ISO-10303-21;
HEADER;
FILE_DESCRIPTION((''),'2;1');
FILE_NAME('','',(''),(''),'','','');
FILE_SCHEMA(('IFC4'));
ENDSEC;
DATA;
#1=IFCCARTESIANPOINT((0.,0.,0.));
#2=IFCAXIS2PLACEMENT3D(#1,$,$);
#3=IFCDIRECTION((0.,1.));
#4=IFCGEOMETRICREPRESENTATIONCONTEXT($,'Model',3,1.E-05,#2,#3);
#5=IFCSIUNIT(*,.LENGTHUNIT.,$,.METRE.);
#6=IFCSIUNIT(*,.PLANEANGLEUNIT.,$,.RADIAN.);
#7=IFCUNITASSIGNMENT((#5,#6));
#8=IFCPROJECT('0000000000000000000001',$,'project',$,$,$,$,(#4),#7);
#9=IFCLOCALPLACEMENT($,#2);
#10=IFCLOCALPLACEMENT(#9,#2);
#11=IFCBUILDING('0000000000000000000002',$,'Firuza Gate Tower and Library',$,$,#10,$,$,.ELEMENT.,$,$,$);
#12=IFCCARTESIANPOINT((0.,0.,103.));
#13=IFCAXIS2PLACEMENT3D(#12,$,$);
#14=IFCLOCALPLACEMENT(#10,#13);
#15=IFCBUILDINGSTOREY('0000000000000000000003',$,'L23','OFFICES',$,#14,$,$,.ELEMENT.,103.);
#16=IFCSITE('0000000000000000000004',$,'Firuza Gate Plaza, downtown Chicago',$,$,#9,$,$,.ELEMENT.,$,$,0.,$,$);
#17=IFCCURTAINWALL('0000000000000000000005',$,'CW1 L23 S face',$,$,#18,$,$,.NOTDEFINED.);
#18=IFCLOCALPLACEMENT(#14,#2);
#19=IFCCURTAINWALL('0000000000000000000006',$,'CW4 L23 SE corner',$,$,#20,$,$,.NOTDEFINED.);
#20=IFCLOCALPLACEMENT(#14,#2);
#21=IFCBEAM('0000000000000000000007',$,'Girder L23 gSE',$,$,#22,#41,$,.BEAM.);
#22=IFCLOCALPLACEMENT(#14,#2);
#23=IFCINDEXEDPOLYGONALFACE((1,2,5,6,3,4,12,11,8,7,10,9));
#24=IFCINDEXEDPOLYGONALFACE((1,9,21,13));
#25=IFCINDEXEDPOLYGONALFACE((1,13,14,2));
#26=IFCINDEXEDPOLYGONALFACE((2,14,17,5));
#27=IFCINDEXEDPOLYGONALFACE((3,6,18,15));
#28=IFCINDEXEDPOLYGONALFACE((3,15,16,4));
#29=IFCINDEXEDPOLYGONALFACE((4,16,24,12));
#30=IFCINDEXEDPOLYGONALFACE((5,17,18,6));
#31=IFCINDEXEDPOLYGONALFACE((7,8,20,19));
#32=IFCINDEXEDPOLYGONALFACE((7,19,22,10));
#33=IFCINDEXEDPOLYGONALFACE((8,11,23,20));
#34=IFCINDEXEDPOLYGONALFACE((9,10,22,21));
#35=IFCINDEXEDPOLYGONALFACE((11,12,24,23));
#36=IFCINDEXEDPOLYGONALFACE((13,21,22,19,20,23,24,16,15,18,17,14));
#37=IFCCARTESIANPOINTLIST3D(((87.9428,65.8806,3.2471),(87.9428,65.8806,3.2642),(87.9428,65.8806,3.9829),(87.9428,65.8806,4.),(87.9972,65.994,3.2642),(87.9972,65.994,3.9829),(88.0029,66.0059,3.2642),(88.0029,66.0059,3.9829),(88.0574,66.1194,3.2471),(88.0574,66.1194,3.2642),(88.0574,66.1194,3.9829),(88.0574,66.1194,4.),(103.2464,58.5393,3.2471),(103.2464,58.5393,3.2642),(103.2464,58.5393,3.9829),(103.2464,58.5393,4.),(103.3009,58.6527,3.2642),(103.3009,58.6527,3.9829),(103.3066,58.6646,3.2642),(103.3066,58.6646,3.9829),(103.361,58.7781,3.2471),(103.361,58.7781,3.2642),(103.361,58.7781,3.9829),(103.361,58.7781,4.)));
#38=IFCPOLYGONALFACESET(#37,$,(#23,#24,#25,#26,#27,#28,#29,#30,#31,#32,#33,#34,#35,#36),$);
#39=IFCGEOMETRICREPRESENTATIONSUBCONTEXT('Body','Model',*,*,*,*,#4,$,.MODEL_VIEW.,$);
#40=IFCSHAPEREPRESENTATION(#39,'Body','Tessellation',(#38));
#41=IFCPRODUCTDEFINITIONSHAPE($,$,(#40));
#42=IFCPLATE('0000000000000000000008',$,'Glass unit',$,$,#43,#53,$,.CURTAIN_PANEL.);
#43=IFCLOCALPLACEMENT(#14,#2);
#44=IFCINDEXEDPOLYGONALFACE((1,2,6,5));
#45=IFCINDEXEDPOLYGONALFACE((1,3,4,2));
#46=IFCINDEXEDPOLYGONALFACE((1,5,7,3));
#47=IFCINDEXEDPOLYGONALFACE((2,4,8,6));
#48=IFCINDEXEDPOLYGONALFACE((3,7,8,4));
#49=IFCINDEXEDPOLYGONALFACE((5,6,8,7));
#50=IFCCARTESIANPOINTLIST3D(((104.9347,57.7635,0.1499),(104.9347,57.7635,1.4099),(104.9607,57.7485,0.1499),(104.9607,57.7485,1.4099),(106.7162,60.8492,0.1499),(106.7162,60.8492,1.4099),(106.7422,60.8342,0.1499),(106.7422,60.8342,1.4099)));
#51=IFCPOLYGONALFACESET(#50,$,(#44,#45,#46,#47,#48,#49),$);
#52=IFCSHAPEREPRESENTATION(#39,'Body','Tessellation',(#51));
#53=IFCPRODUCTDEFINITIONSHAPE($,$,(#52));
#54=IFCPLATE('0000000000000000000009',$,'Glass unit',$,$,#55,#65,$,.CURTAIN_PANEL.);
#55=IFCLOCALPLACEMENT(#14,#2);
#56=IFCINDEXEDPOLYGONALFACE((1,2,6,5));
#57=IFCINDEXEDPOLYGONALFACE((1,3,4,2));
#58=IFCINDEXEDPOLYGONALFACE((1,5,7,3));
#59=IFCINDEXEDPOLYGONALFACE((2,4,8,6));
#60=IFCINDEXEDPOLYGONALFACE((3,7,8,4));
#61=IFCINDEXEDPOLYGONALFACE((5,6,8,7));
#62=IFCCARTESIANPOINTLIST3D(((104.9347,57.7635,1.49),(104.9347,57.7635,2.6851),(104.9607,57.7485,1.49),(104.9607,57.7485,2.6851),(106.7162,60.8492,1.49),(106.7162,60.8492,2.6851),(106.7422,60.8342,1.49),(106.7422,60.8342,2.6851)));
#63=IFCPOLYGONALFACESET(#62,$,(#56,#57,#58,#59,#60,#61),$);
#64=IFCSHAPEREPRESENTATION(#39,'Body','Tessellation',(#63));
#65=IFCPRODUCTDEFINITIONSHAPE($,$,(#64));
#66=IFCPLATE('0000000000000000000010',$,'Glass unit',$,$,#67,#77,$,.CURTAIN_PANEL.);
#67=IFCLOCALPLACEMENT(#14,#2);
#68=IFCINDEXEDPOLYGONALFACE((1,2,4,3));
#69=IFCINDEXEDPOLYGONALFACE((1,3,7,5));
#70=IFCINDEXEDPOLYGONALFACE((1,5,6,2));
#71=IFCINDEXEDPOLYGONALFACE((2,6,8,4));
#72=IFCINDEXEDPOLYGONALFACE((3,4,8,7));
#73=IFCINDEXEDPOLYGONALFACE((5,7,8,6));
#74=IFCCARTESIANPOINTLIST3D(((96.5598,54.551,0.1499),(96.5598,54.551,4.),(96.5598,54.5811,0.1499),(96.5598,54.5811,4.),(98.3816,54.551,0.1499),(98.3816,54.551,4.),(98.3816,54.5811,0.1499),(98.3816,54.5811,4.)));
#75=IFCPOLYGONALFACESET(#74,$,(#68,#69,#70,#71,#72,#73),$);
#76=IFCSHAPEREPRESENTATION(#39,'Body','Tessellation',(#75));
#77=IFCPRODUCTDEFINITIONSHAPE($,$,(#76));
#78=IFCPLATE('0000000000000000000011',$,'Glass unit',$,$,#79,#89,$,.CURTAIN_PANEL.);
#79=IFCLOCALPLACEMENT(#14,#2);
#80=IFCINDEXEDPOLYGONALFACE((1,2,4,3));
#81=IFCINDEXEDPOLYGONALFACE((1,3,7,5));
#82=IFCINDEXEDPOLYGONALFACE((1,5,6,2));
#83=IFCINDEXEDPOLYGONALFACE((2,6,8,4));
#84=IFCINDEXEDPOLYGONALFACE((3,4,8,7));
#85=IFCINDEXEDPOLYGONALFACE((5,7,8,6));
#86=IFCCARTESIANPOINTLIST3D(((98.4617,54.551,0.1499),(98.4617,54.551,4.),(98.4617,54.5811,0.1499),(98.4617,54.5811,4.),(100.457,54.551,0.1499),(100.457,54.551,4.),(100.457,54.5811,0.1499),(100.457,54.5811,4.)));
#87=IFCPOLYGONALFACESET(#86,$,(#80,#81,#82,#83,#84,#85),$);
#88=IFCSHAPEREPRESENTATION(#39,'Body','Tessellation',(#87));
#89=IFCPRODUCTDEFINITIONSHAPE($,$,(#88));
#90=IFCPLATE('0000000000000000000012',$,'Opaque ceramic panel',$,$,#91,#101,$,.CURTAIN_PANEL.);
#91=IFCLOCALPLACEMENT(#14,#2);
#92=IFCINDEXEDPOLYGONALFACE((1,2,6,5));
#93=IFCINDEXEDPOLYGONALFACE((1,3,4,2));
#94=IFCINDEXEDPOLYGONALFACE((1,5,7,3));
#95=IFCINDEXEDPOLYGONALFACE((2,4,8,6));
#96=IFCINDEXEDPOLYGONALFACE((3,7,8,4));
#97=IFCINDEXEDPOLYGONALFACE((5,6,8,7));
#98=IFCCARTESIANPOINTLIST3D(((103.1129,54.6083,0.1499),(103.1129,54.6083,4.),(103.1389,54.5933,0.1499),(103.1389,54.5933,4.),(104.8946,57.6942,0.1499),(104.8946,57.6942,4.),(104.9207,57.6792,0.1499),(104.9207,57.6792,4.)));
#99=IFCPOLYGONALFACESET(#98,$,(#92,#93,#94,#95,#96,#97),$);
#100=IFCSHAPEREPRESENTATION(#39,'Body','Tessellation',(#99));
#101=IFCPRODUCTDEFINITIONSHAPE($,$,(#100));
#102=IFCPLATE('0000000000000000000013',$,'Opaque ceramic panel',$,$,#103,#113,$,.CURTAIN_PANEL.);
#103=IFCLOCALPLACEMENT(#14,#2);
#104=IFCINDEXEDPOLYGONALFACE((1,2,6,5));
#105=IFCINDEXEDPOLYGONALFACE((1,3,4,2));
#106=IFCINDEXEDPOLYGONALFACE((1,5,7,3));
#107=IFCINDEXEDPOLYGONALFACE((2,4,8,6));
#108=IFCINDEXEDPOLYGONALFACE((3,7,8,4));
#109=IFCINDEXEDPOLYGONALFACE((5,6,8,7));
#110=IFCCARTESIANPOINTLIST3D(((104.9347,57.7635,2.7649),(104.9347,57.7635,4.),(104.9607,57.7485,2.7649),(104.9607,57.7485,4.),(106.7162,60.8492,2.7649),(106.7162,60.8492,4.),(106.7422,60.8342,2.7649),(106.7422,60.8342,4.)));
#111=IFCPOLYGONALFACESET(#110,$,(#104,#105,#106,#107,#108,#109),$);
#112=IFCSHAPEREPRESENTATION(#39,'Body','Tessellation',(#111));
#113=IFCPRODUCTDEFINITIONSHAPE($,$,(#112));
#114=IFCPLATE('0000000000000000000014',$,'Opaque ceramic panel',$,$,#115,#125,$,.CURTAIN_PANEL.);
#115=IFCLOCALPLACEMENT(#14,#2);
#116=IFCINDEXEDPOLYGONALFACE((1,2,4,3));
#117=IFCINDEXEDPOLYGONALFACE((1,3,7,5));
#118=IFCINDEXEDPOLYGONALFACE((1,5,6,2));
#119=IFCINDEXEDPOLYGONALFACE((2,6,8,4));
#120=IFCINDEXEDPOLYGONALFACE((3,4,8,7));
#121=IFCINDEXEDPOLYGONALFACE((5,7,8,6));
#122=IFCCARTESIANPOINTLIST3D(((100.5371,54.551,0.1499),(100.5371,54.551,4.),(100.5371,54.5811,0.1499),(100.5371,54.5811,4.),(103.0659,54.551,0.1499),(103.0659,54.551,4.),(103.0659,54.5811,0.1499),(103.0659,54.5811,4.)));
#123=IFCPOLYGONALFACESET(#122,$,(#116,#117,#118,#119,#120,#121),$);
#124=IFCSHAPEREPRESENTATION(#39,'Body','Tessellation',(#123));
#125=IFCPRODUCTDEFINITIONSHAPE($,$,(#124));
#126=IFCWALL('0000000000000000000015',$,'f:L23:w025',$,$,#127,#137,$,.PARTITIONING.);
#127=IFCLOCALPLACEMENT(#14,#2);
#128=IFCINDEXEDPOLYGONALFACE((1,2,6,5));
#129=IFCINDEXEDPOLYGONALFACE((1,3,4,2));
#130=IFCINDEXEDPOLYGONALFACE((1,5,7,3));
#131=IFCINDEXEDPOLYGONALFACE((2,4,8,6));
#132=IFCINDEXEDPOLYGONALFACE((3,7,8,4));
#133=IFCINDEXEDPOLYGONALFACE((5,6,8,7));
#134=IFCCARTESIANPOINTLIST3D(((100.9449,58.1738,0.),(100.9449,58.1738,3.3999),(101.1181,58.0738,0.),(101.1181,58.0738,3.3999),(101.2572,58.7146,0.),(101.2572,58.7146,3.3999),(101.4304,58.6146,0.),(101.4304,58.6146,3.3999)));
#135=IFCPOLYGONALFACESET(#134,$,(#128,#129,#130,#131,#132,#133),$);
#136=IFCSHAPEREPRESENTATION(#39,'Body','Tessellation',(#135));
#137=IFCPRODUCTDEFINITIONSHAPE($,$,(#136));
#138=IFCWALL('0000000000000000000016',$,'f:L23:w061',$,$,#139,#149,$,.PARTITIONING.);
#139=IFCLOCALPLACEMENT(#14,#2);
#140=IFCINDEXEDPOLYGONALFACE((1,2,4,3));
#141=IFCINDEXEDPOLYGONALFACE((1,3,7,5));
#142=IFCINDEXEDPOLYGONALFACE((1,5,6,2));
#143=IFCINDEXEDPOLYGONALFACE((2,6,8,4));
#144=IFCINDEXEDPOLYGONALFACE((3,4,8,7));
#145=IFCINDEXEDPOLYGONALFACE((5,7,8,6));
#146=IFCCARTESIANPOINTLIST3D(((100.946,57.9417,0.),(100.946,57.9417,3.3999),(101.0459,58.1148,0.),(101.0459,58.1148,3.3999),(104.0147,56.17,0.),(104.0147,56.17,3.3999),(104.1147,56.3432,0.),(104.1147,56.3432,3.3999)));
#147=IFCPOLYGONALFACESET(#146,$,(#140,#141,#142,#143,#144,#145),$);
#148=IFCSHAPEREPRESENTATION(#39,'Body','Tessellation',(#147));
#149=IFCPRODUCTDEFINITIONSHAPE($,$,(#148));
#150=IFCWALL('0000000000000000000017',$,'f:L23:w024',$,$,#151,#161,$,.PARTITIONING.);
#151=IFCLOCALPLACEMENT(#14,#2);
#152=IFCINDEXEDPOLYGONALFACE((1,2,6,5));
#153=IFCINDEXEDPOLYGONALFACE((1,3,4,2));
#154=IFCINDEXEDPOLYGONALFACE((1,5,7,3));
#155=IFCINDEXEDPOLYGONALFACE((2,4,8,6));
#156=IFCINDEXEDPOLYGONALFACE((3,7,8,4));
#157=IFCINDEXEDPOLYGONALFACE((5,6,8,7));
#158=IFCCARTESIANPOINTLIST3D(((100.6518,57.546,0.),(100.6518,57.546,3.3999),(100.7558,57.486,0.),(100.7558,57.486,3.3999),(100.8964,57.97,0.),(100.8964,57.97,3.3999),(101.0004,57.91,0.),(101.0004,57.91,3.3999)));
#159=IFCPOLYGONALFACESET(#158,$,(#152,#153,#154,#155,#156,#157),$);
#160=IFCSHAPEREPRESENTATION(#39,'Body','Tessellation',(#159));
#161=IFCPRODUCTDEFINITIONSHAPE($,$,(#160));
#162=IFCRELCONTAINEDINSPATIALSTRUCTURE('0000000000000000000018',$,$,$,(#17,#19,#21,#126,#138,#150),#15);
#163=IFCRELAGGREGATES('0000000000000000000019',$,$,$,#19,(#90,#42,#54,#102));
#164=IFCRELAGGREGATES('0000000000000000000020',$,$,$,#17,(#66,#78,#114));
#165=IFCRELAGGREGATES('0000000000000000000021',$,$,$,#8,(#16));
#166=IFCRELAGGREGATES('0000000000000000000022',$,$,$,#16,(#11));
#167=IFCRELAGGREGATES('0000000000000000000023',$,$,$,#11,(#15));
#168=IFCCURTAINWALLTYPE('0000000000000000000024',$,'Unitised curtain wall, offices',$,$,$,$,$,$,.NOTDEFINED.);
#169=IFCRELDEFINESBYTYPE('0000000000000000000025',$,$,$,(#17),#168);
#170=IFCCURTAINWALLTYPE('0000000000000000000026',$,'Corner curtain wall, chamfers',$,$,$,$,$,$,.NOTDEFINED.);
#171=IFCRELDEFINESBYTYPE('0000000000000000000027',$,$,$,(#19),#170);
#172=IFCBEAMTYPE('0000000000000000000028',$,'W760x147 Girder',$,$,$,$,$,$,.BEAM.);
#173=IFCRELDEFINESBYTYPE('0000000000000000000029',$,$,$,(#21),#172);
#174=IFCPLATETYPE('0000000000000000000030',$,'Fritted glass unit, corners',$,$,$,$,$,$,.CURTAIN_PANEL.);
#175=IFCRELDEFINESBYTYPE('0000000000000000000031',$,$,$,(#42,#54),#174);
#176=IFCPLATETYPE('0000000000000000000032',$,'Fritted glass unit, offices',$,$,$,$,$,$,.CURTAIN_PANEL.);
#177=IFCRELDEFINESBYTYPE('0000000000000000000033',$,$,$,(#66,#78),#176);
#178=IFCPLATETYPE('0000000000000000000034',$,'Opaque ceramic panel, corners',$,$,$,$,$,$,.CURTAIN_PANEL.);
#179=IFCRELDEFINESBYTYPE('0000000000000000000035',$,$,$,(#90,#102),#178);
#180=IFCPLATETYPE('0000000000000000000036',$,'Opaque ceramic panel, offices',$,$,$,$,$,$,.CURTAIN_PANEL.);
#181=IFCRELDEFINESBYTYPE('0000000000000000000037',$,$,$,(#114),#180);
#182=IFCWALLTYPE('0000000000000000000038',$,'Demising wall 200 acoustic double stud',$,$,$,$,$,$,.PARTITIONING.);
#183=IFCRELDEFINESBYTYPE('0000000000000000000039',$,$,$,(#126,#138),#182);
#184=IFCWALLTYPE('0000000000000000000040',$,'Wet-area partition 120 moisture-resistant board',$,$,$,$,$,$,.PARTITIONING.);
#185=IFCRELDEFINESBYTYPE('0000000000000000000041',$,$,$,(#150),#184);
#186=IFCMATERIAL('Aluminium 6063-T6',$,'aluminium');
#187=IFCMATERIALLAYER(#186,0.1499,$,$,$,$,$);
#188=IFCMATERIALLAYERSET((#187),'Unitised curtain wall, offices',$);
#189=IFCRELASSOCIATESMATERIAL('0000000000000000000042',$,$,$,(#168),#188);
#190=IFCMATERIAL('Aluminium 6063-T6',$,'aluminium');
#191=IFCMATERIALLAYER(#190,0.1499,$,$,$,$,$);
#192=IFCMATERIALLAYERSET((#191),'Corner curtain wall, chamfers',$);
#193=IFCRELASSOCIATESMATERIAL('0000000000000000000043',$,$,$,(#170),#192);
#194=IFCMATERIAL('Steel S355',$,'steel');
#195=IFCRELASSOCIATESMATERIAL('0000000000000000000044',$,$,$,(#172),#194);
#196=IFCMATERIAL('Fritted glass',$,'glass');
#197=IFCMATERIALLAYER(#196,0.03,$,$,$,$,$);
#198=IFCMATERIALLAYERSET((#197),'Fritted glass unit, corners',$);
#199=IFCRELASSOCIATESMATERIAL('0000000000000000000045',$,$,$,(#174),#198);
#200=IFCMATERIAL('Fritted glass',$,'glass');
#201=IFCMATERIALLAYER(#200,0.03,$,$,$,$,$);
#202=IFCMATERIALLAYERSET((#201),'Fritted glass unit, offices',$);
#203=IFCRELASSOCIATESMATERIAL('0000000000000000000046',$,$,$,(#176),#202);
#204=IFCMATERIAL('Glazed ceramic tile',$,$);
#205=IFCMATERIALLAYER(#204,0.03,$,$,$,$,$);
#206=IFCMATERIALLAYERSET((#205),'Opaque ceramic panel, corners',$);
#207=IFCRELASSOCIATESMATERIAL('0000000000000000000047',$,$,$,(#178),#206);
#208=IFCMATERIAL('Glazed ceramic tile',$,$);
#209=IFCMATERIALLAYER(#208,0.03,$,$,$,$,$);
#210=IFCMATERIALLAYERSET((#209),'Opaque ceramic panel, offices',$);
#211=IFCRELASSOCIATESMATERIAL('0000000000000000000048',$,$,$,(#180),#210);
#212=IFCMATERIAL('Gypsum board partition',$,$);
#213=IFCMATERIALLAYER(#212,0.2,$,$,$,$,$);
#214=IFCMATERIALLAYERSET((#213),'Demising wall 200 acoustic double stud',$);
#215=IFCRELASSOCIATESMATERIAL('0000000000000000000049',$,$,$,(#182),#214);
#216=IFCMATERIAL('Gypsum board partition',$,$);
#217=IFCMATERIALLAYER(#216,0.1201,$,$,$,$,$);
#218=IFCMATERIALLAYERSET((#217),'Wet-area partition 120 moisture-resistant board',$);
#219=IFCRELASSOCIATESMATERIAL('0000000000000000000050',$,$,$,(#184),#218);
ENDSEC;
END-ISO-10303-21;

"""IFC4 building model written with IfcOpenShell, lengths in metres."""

from ifc_helpers import new_model, si_unit, direction, frame, frame_2d, origin, origin_2d, place, context, subcontext, project, spatial, polyline, rectangle, i_section, outline, extrude, material, layer, layer_set, material_profile, profile_set, type_object, element, aggregate, save


model = new_model("IFC4")

# Units and contexts
model_context = context("Model", 3, precision=1e-05, world=origin(), true_north=direction((0.0, 1.0)))
body_context = subcontext(model_context, "Body", "Model", "MODEL_VIEW")
ifc_project = project(units=[si_unit("LENGTHUNIT", "METRE"), si_unit("PLANEANGLEUNIT", "RADIAN")], contexts=[model_context])

# Site, building, storey
site_placement = place(None, origin())
site = spatial("IfcSite", under=ifc_project, at=site_placement, Name="Firuza Gate Plaza, downtown Chicago", CompositionType="ELEMENT", RefElevation=0.0)
building_placement = place(site_placement, origin())
building = spatial("IfcBuilding", under=site, at=building_placement, Name="Firuza Gate Tower and Library", CompositionType="ELEMENT")
storey_placement = place(building_placement, frame((0.0, 0.0, 103.0)))
storey = spatial("IfcBuildingStorey", under=building, at=storey_placement, Name="L23", Description="OFFICES", CompositionType="ELEMENT", Elevation=103.0)

# Curtain walls
ifc_material_1 = material(Name="Aluminium 6063-T6", Category="aluminium")
ifc_layer_1 = layer(ifc_material_1, 0.1499)
ifc_layer_set_1 = layer_set([ifc_layer_1], Name="Unitised curtain wall, offices")
curtain_wall_type_1 = type_object("IfcCurtainWallType", Name="Unitised curtain wall, offices", PredefinedType="NOTDEFINED", material=ifc_layer_set_1)
placement = place(storey_placement, origin())
curtain_wall_1 = element("IfcCurtainWall", 1, at=placement, inside=storey, type_object=curtain_wall_type_1, Name="CW1 L23 S face", PredefinedType="NOTDEFINED")
ifc_material_2 = material(Name="Aluminium 6063-T6", Category="aluminium")
ifc_layer_2 = layer(ifc_material_2, 0.1499)
ifc_layer_set_2 = layer_set([ifc_layer_2], Name="Corner curtain wall, chamfers")
curtain_wall_type_2 = type_object("IfcCurtainWallType", Name="Corner curtain wall, chamfers", PredefinedType="NOTDEFINED", material=ifc_layer_set_2)
curtain_wall_2 = element("IfcCurtainWall", 2, at=placement, inside=storey, type_object=curtain_wall_type_2, Name="CW4 L23 SE corner", PredefinedType="NOTDEFINED")

# Beam
ifc_material_3 = material(Name="Steel S355", Category="steel")
ifc_material_profile_1 = material_profile(ifc_material_3, i_section(OverallWidth=0.2649, OverallDepth=0.7529, WebThickness=0.0132, FlangeThickness=0.0171, at=origin_2d()))
ifc_profile_set_1 = profile_set([ifc_material_profile_1], Name="Steel S355")
beam_type_1 = type_object("IfcBeamType", Name="W760x147 Girder", PredefinedType="BEAM", material=ifc_profile_set_1)
beam_1_placement = place(storey_placement, frame((103.3037, 58.6587, 3.6235), z_axis=(-0.901626, 0.432517, 0.0), x_axis=(-0.432517, -0.901626, 0.0)))
element("IfcBeam", 3, at=beam_1_placement, inside=storey, type_object=beam_type_1, Name="Girder L23 gSE", PredefinedType="BEAM", context=body_context, shape_type="SweptSolid", body=[
    extrude(i_section(OverallWidth=0.2649, OverallDepth=0.7529, WebThickness=0.0132, FlangeThickness=0.0171, at=origin_2d()), origin(), (0.0, 0.0, 1.0), 16.9734),
])

# Plates
ifc_material_4 = material(Name="Fritted glass", Category="glass")
ifc_layer_3 = layer(ifc_material_4, 0.03)
ifc_layer_set_3 = layer_set([ifc_layer_3], Name="Fritted glass unit, corners")
plate_type_1 = type_object("IfcPlateType", Name="Fritted glass unit, corners", PredefinedType="CURTAIN_PANEL", material=ifc_layer_set_3)
plate_1_placement = place(storey_placement, frame((104.9607, 57.7485, 0.1499), z_axis=(0.866029, -0.499993, 0.0), x_axis=(0.499993, 0.866029, 0.0)))
plate_1 = element("IfcPlate", 4, at=plate_1_placement, type_object=plate_type_1, Name="Glass unit", PredefinedType="CURTAIN_PANEL", context=body_context, shape_type="SweptSolid", body=[
    extrude(outline(polyline([(0.0, 0.0), (3.563, 0.0), (3.563, 1.26), (0.0, 1.26), (0.0, 0.0)])), origin(), (0.0, 0.0, -1.0), 0.03),
])
plate_2_placement = place(storey_placement, frame((104.9607, 57.7485, 1.49), z_axis=(0.866029, -0.499993, 0.0), x_axis=(0.499993, 0.866029, 0.0)))
plate_2 = element("IfcPlate", 5, at=plate_2_placement, type_object=plate_type_1, Name="Glass unit", PredefinedType="CURTAIN_PANEL", context=body_context, shape_type="SweptSolid", body=[
    extrude(outline(polyline([(0.0, 0.0), (3.563, 0.0), (3.563, 1.1951), (0.0, 1.1951), (0.0, 0.0)])), origin(), (0.0, 0.0, -1.0), 0.03),
])
ifc_material_5 = material(Name="Fritted glass", Category="glass")
ifc_layer_4 = layer(ifc_material_5, 0.03)
ifc_layer_set_4 = layer_set([ifc_layer_4], Name="Fritted glass unit, offices")
plate_type_2 = type_object("IfcPlateType", Name="Fritted glass unit, offices", PredefinedType="CURTAIN_PANEL", material=ifc_layer_set_4)
plate_3_placement = place(storey_placement, frame((96.5598, 54.551, 0.1499), z_axis=(0.0, -1.0, 0.0), x_axis=(1.0, 0.0, 0.0)))
plate_3 = element("IfcPlate", 6, at=plate_3_placement, type_object=plate_type_2, Name="Glass unit", PredefinedType="CURTAIN_PANEL", context=body_context, shape_type="SweptSolid", body=[
    extrude(outline(polyline([(0.0, 0.0), (1.8218, 0.0), (1.8218, 3.8501), (0.0, 3.8501), (0.0, 0.0)])), origin(), (0.0, 0.0, -1.0), 0.03),
])
plate_4_placement = place(storey_placement, frame((98.4617, 54.551, 0.1499), z_axis=(0.0, -1.0, 0.0), x_axis=(1.0, 0.0, 0.0)))
plate_4 = element("IfcPlate", 7, at=plate_4_placement, type_object=plate_type_2, Name="Glass unit", PredefinedType="CURTAIN_PANEL", context=body_context, shape_type="SweptSolid", body=[
    extrude(outline(polyline([(0.0, 0.0), (1.9954, 0.0), (1.9954, 3.8501), (0.0, 3.8501), (0.0, 0.0)])), origin(), (0.0, 0.0, -1.0), 0.03),
])
ifc_material_6 = material(Name="Glazed ceramic tile")
ifc_layer_5 = layer(ifc_material_6, 0.03)
ifc_layer_set_5 = layer_set([ifc_layer_5], Name="Opaque ceramic panel, corners")
plate_type_3 = type_object("IfcPlateType", Name="Opaque ceramic panel, corners", PredefinedType="CURTAIN_PANEL", material=ifc_layer_set_5)
plate_5_placement = place(storey_placement, frame((103.1389, 54.5933, 0.1499), z_axis=(0.866017, -0.500015, 0.0), x_axis=(0.500015, 0.866017, 0.0)))
plate_5 = element("IfcPlate", 8, at=plate_5_placement, type_object=plate_type_3, Name="Opaque ceramic panel", PredefinedType="CURTAIN_PANEL", context=body_context, shape_type="SweptSolid", body=[
    extrude(outline(polyline([(0.0, 0.0), (3.5634, 0.0), (3.5634, 3.8501), (0.0, 3.8501), (0.0, 0.0)])), origin(), (0.0, 0.0, -1.0), 0.03),
])
plate_6_placement = place(storey_placement, frame((104.9607, 57.7485, 2.7649), z_axis=(0.866029, -0.499993, 0.0), x_axis=(0.499993, 0.866029, 0.0)))
plate_6 = element("IfcPlate", 9, at=plate_6_placement, type_object=plate_type_3, Name="Opaque ceramic panel", PredefinedType="CURTAIN_PANEL", context=body_context, shape_type="SweptSolid", body=[
    extrude(outline(polyline([(0.0, 0.0), (3.563, 0.0), (3.563, 1.2351), (0.0, 1.2351), (0.0, 0.0)])), origin(), (0.0, 0.0, -1.0), 0.03),
])
aggregate(curtain_wall_2, [plate_5, plate_1, plate_2, plate_6])
ifc_material_7 = material(Name="Glazed ceramic tile")
ifc_layer_6 = layer(ifc_material_7, 0.03)
ifc_layer_set_6 = layer_set([ifc_layer_6], Name="Opaque ceramic panel, offices")
plate_type_4 = type_object("IfcPlateType", Name="Opaque ceramic panel, offices", PredefinedType="CURTAIN_PANEL", material=ifc_layer_set_6)
plate_7_placement = place(storey_placement, frame((100.5371, 54.551, 0.1499), z_axis=(0.0, -1.0, 0.0), x_axis=(1.0, 0.0, 0.0)))
plate_7 = element("IfcPlate", 10, at=plate_7_placement, type_object=plate_type_4, Name="Opaque ceramic panel", PredefinedType="CURTAIN_PANEL", context=body_context, shape_type="SweptSolid", body=[
    extrude(outline(polyline([(0.0, 0.0), (2.5288, 0.0), (2.5288, 3.8501), (0.0, 3.8501), (0.0, 0.0)])), origin(), (0.0, 0.0, -1.0), 0.03),
])
aggregate(curtain_wall_1, [plate_3, plate_4, plate_7])

# Walls
ifc_material_8 = material(Name="Gypsum board partition")
ifc_layer_7 = layer(ifc_material_8, 0.2)
ifc_layer_set_7 = layer_set([ifc_layer_7], Name="Demising wall 200 acoustic double stud")
wall_type_1 = type_object("IfcWallType", Name="Demising wall 200 acoustic double stud", PredefinedType="PARTITIONING", material=ifc_layer_set_7)
wall_1_placement = place(storey_placement, frame((101.0315, 58.1238, 0.0), z_axis=(0.0, 0.0, 1.0), x_axis=(0.50005, 0.865997, 0.0)))
element("IfcWall", 11, at=wall_1_placement, inside=storey, type_object=wall_type_1, Name="f:L23:w025", PredefinedType="PARTITIONING", context=body_context, shape_type="SweptSolid", body=[
    extrude(rectangle(XDim=0.6245, YDim=0.2, at=frame_2d((0.3123, 0.0))), origin(), (0.0, 0.0, 1.0), 3.3999),
])
wall_2_placement = place(storey_placement, frame((104.0647, 56.2566, 0.0), z_axis=(0.0, 0.0, 1.0), x_axis=(-0.866034, 0.499985, 0.0)))
element("IfcWall", 12, at=wall_2_placement, inside=storey, type_object=wall_type_1, Name="f:L23:w061", PredefinedType="PARTITIONING", context=body_context, shape_type="SweptSolid", body=[
    extrude(rectangle(XDim=3.5435, YDim=0.2, at=frame_2d((1.7717, 0.0))), origin(), (0.0, 0.0, 1.0), 3.3999),
])
ifc_material_9 = material(Name="Gypsum board partition")
ifc_layer_8 = layer(ifc_material_9, 0.1201)
ifc_layer_set_8 = layer_set([ifc_layer_8], Name="Wet-area partition 120 moisture-resistant board")
wall_type_2 = type_object("IfcWallType", Name="Wet-area partition 120 moisture-resistant board", PredefinedType="PARTITIONING", material=ifc_layer_set_8)
wall_3_placement = place(storey_placement, frame((100.7039, 57.5161, 0.0), z_axis=(0.0, 0.0, 1.0), x_axis=(0.499679, 0.86621, 0.0)))
element("IfcWall", 13, at=wall_3_placement, inside=storey, type_object=wall_type_2, Name="f:L23:w024", PredefinedType="PARTITIONING", context=body_context, shape_type="SweptSolid", body=[
    extrude(rectangle(XDim=0.4895, YDim=0.1201, at=frame_2d((0.2446, 0.0))), origin(), (0.0, 0.0, 1.0), 3.3999),
])

save(model, "model.ifc")
